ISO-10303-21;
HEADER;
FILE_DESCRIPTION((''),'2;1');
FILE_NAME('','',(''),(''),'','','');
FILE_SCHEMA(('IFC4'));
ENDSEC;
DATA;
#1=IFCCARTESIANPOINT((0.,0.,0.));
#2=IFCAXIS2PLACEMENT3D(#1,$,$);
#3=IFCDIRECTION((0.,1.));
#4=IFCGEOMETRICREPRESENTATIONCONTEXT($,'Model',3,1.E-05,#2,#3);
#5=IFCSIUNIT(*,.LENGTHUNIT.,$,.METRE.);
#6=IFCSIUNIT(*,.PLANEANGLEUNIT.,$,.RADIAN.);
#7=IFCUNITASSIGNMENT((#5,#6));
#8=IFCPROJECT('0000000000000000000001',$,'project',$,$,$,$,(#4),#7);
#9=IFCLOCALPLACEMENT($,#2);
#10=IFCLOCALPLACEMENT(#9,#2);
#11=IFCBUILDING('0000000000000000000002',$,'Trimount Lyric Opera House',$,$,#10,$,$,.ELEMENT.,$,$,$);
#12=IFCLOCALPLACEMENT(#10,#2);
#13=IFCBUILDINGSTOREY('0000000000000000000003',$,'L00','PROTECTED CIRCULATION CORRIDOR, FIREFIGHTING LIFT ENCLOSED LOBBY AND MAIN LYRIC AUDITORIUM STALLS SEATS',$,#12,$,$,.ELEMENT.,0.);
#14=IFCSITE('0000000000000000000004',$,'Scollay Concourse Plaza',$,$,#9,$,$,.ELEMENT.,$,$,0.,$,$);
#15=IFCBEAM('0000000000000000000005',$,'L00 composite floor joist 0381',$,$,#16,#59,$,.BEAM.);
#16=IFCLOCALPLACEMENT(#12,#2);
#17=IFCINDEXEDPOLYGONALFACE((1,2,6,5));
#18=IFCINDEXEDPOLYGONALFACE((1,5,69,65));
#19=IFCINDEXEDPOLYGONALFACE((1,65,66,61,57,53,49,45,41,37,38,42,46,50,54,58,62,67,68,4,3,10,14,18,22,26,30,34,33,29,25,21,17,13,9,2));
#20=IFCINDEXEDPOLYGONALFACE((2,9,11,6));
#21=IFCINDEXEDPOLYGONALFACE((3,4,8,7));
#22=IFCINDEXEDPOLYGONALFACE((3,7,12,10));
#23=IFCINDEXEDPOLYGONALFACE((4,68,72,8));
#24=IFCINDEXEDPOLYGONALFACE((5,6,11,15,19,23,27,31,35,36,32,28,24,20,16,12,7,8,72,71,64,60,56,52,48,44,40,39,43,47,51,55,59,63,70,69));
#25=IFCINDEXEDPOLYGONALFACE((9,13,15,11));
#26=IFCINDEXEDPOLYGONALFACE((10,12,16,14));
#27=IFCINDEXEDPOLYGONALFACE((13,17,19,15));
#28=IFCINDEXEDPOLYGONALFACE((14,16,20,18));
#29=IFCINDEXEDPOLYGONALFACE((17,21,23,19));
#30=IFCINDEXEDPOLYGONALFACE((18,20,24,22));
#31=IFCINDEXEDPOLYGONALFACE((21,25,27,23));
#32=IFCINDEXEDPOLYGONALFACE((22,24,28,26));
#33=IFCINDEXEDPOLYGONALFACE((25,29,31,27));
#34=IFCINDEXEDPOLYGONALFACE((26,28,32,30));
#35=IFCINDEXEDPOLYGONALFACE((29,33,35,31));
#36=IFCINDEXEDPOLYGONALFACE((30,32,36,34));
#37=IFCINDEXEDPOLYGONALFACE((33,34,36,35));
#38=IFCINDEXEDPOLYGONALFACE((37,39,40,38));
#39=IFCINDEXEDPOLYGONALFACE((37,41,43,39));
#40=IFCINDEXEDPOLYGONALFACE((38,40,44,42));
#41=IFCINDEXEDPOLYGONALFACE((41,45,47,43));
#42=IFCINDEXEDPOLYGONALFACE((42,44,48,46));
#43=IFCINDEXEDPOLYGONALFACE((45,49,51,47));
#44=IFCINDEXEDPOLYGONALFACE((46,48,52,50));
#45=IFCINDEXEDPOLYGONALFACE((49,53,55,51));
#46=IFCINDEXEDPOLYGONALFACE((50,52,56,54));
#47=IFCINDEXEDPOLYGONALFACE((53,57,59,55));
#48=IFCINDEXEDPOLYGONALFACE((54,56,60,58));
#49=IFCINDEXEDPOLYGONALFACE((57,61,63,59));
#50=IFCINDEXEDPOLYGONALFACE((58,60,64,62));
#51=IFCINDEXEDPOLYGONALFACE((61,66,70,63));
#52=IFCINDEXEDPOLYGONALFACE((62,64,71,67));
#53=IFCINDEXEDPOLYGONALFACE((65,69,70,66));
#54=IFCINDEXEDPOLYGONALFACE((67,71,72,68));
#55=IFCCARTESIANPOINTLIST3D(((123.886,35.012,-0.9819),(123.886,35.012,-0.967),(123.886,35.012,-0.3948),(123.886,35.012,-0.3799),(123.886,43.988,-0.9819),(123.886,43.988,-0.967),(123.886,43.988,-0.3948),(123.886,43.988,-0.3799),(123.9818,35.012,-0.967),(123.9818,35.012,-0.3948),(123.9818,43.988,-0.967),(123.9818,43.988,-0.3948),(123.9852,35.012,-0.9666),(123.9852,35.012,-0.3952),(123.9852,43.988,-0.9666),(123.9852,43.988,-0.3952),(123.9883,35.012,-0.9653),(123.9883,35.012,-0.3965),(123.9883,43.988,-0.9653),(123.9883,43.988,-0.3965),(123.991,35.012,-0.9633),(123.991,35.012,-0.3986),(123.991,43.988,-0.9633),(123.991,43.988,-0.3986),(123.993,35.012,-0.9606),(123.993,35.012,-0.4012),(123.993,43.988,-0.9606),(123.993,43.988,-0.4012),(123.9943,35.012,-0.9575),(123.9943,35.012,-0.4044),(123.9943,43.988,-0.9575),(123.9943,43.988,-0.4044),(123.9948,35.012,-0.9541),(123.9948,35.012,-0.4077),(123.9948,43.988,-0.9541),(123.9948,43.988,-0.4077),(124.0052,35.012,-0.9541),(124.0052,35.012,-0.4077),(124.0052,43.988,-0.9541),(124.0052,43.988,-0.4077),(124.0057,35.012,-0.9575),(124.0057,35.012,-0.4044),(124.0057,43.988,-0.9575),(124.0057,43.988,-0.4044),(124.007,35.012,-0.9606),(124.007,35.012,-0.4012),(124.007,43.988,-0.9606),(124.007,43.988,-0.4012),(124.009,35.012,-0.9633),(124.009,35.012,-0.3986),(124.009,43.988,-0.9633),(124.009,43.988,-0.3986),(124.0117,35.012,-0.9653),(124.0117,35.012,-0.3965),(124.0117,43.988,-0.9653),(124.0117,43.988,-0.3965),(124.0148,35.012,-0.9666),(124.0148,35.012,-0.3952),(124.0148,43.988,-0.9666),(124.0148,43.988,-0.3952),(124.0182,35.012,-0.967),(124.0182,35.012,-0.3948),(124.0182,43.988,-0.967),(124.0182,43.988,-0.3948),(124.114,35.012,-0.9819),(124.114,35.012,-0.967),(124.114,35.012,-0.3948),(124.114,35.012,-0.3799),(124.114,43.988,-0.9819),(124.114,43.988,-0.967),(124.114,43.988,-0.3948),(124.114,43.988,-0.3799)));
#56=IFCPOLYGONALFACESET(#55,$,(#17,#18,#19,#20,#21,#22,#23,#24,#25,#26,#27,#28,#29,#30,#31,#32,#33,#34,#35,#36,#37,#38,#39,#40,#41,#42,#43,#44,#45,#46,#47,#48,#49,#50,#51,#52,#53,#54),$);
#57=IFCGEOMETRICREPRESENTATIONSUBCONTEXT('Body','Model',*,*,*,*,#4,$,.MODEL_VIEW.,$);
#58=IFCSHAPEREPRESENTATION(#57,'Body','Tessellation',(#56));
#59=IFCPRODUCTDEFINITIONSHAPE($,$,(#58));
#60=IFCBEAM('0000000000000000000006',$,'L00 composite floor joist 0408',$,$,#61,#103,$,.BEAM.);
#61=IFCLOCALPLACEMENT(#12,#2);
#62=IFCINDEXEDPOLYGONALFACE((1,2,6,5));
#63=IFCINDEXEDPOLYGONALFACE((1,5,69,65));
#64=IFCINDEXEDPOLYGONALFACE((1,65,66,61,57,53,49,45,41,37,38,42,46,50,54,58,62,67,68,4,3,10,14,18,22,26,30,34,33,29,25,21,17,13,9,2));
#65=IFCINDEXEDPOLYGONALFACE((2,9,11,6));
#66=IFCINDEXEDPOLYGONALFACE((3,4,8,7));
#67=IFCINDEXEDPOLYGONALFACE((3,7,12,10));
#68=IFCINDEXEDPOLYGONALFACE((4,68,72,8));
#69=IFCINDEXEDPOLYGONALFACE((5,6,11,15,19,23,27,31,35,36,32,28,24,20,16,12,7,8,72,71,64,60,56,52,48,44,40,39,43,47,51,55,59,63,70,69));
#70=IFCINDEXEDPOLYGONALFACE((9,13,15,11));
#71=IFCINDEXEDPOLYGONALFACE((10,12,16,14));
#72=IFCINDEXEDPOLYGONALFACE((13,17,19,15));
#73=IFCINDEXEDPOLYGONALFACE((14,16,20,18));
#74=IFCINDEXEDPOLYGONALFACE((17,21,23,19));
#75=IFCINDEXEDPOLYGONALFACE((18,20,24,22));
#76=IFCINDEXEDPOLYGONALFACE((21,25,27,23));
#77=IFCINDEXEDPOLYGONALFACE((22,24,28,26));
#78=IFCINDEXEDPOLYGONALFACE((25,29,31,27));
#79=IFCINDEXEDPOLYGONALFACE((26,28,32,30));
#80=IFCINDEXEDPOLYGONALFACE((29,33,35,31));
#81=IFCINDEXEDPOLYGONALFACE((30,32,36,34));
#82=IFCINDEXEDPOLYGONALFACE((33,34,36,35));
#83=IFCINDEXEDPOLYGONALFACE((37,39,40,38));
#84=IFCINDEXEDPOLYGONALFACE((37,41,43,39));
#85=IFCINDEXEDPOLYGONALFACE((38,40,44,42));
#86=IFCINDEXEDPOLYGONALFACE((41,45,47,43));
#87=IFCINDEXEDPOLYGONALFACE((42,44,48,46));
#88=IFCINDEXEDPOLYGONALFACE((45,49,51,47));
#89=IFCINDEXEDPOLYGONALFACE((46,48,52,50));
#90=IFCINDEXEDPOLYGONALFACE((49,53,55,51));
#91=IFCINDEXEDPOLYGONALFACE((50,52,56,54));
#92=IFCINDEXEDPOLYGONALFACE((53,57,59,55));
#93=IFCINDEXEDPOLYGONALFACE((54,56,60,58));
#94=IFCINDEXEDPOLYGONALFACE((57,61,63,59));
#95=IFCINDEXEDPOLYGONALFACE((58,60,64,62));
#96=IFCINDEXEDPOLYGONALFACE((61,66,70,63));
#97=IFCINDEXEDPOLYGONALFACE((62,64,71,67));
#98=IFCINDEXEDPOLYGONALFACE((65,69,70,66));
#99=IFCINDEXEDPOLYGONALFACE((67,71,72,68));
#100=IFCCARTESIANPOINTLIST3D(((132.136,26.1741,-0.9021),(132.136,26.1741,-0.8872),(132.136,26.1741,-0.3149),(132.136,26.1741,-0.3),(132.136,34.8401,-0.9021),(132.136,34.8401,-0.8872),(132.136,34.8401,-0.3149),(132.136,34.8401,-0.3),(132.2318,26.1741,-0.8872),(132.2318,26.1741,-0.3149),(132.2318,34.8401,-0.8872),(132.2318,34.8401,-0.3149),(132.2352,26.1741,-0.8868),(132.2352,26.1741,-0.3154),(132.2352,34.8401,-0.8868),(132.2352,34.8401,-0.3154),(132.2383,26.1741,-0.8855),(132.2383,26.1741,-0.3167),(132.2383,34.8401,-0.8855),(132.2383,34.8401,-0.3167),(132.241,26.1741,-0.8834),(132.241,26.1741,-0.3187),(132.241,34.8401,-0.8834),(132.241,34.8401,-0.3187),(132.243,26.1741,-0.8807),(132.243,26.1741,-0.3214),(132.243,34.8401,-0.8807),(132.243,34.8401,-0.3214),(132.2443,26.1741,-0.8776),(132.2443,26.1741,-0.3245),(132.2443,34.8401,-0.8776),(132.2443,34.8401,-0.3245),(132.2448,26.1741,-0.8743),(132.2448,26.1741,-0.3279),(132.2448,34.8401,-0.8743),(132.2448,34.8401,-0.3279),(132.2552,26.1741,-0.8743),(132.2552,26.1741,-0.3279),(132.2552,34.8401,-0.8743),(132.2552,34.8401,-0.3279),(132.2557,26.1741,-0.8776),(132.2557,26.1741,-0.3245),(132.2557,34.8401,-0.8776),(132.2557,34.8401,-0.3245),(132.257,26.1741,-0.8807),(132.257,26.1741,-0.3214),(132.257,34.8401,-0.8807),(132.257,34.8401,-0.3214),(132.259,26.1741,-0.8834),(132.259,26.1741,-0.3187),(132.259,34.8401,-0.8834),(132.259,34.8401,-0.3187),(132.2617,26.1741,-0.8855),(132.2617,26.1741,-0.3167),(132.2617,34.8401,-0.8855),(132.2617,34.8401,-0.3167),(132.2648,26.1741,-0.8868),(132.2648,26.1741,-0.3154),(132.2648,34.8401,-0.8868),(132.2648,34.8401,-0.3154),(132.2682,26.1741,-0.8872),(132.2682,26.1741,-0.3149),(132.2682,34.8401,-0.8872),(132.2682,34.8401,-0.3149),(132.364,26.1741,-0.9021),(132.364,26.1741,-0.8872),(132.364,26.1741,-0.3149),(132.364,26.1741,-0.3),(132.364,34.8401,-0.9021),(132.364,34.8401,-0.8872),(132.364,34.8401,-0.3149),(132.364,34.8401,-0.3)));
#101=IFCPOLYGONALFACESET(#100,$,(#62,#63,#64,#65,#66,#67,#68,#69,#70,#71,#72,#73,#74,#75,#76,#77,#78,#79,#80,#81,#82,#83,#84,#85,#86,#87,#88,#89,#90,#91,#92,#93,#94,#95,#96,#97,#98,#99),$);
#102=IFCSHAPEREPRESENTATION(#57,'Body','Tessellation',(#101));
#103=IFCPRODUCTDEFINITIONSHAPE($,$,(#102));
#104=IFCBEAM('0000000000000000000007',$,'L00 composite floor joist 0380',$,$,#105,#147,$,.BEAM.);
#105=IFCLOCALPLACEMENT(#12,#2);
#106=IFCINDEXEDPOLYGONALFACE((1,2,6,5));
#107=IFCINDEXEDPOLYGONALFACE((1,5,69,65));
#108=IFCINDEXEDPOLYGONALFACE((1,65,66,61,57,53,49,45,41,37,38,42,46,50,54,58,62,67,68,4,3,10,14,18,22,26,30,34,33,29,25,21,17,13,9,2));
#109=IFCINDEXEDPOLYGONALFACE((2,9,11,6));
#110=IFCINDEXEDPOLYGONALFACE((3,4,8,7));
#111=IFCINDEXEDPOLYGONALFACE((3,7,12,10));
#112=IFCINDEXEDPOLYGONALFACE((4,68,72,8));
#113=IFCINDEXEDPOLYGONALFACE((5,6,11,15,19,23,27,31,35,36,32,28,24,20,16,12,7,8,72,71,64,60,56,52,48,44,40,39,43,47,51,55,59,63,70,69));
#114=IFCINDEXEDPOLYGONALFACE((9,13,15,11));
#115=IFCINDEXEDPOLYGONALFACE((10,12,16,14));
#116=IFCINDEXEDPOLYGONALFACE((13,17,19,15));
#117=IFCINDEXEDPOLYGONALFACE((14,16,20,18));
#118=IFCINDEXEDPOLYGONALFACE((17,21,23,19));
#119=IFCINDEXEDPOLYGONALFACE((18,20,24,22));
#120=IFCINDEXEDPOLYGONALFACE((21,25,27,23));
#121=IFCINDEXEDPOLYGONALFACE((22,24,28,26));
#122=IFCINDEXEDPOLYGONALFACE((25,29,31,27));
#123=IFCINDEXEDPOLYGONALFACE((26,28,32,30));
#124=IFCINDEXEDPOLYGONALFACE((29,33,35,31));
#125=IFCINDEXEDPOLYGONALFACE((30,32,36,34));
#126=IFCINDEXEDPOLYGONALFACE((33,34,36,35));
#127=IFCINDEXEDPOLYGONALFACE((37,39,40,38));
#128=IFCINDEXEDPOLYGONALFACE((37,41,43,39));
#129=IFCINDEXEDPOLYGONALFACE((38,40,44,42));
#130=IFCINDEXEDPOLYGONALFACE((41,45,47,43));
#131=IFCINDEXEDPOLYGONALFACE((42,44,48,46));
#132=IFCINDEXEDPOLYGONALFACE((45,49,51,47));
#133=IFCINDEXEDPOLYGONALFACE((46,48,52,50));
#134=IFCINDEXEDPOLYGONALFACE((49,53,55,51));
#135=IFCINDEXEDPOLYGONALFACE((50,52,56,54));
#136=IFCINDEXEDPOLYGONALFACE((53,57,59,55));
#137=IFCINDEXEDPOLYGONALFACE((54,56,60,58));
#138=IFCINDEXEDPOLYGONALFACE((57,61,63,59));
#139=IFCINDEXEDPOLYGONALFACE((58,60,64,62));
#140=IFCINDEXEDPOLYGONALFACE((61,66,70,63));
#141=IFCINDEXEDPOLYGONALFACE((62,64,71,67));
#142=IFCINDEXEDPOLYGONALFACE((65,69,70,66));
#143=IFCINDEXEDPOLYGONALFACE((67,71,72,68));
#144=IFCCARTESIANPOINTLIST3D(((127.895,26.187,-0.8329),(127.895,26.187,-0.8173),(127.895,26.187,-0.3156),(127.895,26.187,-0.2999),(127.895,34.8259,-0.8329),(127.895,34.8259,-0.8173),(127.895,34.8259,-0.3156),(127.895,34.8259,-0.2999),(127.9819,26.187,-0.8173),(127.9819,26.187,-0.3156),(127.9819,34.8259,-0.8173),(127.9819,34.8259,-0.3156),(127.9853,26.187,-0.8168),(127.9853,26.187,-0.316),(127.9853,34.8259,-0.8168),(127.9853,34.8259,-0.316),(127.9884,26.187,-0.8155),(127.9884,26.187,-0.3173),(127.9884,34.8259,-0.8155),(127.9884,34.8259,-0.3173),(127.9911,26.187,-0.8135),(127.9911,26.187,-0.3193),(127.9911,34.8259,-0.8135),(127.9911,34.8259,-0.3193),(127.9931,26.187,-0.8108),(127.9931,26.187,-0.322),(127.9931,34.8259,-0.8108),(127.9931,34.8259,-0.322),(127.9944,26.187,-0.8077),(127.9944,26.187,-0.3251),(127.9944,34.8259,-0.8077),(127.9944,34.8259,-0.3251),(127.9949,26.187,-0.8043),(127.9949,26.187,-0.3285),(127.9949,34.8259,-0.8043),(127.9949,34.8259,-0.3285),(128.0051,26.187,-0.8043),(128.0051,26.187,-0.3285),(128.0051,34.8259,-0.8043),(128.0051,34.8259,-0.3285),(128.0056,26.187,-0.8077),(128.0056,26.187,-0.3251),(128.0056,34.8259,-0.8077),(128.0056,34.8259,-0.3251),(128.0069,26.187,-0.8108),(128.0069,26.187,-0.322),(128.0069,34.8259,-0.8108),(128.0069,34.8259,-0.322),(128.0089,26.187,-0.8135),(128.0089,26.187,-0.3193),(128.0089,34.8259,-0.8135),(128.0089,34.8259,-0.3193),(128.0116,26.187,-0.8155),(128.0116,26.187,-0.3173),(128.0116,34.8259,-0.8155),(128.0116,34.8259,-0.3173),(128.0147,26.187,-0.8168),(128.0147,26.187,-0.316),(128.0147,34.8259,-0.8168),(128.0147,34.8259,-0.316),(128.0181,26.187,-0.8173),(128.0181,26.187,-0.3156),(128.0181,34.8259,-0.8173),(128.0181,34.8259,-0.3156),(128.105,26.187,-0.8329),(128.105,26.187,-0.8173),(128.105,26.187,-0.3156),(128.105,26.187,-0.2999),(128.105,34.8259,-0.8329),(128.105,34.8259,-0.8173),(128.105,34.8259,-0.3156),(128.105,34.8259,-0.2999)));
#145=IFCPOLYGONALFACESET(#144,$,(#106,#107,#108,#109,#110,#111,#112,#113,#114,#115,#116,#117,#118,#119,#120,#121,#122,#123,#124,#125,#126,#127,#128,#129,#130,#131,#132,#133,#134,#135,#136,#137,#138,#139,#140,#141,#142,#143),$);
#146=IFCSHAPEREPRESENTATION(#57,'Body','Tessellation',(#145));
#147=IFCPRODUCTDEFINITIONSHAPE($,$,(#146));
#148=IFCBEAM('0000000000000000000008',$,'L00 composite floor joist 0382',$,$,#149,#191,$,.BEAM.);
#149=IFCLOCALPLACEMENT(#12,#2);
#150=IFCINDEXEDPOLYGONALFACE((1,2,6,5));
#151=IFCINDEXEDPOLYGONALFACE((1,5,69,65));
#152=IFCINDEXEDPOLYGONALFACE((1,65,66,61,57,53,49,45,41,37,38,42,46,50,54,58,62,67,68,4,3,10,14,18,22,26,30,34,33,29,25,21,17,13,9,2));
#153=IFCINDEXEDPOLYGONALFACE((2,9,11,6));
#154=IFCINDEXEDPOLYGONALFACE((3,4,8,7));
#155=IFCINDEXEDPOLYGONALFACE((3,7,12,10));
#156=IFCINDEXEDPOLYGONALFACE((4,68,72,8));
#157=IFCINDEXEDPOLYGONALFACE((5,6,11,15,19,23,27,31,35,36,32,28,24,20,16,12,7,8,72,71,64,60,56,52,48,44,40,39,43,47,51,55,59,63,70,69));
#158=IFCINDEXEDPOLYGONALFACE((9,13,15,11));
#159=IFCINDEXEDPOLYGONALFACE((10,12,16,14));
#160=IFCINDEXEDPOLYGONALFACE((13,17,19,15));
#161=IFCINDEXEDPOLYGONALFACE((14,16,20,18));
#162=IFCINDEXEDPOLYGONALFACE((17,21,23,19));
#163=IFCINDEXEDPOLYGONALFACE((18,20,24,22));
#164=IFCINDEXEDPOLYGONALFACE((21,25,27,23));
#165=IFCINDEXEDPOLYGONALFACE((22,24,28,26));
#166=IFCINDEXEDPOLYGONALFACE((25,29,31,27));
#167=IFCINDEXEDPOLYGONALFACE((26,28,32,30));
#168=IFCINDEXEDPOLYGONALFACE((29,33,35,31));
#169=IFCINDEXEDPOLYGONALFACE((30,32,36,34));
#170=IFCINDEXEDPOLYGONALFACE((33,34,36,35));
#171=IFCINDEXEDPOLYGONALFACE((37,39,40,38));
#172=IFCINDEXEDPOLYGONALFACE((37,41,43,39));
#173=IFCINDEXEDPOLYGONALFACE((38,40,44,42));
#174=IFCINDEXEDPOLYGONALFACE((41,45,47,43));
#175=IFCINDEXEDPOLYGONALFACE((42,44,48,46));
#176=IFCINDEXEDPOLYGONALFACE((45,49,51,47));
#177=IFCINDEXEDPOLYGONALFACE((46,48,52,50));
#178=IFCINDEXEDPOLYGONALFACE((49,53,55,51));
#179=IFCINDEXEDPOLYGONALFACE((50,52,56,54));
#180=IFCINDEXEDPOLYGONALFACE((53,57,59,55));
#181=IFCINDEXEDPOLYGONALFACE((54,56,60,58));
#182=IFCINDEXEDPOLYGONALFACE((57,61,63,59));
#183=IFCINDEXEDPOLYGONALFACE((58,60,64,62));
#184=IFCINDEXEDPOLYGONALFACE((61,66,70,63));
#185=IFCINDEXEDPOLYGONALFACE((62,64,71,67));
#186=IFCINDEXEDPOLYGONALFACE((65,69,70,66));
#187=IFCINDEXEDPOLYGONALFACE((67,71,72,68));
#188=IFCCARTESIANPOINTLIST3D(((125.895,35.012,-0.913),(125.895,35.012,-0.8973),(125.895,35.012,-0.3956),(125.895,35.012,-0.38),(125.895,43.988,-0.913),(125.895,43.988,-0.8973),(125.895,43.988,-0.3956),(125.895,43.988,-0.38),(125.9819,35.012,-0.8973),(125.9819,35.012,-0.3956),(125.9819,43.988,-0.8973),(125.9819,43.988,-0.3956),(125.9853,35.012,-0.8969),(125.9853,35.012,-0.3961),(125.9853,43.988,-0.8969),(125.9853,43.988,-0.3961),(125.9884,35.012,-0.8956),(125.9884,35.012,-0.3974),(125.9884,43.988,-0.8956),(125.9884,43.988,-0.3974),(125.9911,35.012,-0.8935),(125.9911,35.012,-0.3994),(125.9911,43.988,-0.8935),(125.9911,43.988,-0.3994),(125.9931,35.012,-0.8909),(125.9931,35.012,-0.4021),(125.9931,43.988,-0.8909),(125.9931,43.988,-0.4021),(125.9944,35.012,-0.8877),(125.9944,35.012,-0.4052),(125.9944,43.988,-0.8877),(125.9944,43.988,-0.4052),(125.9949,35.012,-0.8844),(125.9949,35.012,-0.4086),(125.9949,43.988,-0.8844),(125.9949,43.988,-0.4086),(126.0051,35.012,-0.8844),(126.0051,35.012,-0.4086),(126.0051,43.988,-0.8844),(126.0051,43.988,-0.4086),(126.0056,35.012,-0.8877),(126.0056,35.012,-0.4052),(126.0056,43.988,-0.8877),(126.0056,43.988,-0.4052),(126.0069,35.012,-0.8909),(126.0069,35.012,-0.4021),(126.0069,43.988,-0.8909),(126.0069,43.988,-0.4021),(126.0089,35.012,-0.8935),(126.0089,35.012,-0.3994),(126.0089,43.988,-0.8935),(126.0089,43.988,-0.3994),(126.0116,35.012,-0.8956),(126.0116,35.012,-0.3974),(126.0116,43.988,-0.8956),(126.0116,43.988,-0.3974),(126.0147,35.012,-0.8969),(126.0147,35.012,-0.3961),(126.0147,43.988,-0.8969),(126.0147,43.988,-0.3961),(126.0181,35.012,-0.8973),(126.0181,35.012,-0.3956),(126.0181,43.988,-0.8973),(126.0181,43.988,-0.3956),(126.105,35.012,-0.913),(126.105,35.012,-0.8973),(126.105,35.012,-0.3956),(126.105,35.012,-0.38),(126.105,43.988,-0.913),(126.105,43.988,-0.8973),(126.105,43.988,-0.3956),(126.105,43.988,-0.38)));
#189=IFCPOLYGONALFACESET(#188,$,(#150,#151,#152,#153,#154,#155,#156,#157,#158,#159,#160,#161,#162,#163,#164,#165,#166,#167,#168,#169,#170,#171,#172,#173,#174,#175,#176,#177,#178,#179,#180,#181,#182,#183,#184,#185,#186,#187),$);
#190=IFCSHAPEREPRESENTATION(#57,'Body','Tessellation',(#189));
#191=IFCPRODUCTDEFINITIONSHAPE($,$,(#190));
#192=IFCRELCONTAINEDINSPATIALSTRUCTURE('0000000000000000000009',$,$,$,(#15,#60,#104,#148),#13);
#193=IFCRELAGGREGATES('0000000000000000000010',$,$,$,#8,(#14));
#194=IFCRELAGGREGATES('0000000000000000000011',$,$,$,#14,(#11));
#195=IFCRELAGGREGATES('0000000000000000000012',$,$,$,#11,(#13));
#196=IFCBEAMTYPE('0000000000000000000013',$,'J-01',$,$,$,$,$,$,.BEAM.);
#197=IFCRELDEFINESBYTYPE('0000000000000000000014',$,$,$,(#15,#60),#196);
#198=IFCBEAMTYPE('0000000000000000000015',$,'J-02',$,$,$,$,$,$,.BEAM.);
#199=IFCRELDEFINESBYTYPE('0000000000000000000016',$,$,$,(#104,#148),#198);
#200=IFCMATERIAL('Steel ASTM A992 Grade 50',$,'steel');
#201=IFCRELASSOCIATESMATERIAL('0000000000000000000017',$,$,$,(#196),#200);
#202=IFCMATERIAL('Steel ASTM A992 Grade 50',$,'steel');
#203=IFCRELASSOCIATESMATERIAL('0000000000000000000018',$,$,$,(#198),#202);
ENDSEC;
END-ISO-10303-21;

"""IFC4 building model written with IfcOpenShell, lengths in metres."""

from ifc_helpers import new_model, si_unit, direction, frame, origin, origin_2d, place, context, subcontext, project, spatial, i_section, extrude, material, material_profile, profile_set, type_object, element, save


model = new_model("IFC4")

# Units and contexts
model_context = context("Model", 3, precision=1e-05, world=origin(), true_north=direction((0.0, 1.0)))
body_context = subcontext(model_context, "Body", "Model", "MODEL_VIEW")
ifc_project = project(units=[si_unit("LENGTHUNIT", "METRE"), si_unit("PLANEANGLEUNIT", "RADIAN")], contexts=[model_context])

# Site, building, storey
site_placement = place(None, origin())
site = spatial("IfcSite", under=ifc_project, at=site_placement, Name="Scollay Concourse Plaza", CompositionType="ELEMENT", RefElevation=0.0)
building_placement = place(site_placement, origin())
building = spatial("IfcBuilding", under=site, at=building_placement, Name="Trimount Lyric Opera House", CompositionType="ELEMENT")
storey_placement = place(building_placement, origin())
storey = spatial("IfcBuildingStorey", under=building, at=storey_placement, Name="L00", Description="PROTECTED CIRCULATION CORRIDOR, FIREFIGHTING LIFT ENCLOSED LOBBY AND MAIN LYRIC AUDITORIUM STALLS SEATS", CompositionType="ELEMENT", Elevation=0.0)

# Beams
ifc_material_1 = material(Name="Steel ASTM A992 Grade 50", Category="steel")
ifc_material_profile_1 = material_profile(ifc_material_1, i_section(OverallWidth=0.228, OverallDepth=0.6021, WebThickness=0.0105, FlangeThickness=0.0149, FilletRadius=0.0129, at=origin_2d()), Name="W24X68")
ifc_profile_set_1 = profile_set([ifc_material_profile_1], Name="Steel ASTM A992 Grade 50")
beam_type_1 = type_object("IfcBeamType", Name="J-01", PredefinedType="BEAM", material=ifc_profile_set_1)
beam_1_placement = place(storey_placement, frame((124.0, 35.012, -0.6809), z_axis=(0.0, 1.0, 0.0), x_axis=(-1.0, 0.0, 0.0)))
element("IfcBeam", 1, at=beam_1_placement, inside=storey, type_object=beam_type_1, Name="L00 composite floor joist 0381", PredefinedType="BEAM", context=body_context, shape_type="SweptSolid", body=[
    extrude(i_section(OverallWidth=0.228, OverallDepth=0.6021, WebThickness=0.0105, FlangeThickness=0.0149, FilletRadius=0.0129, at=origin_2d()), origin(), (0.0, 0.0, 1.0), 8.9761),
])
beam_2_placement = place(storey_placement, frame((132.25, 26.1741, -0.6011), z_axis=(0.0, 1.0, 0.0), x_axis=(-1.0, 0.0, 0.0)))
element("IfcBeam", 2, at=beam_2_placement, inside=storey, type_object=beam_type_1, Name="L00 composite floor joist 0408", PredefinedType="BEAM", context=body_context, shape_type="SweptSolid", body=[
    extrude(i_section(OverallWidth=0.228, OverallDepth=0.6021, WebThickness=0.0105, FlangeThickness=0.0149, FilletRadius=0.0129, at=origin_2d()), origin(), (0.0, 0.0, 1.0), 8.666),
])
ifc_material_2 = material(Name="Steel ASTM A992 Grade 50", Category="steel")
ifc_material_profile_2 = material_profile(ifc_material_2, i_section(OverallWidth=0.21, OverallDepth=0.533, WebThickness=0.0103, FlangeThickness=0.0156, FilletRadius=0.0129, at=origin_2d()), Name="W21X62")
ifc_profile_set_2 = profile_set([ifc_material_profile_2], Name="Steel ASTM A992 Grade 50")
beam_type_2 = type_object("IfcBeamType", Name="J-02", PredefinedType="BEAM", material=ifc_profile_set_2)
beam_3_placement = place(storey_placement, frame((128.0, 26.187, -0.5664), z_axis=(0.0, 1.0, 0.0), x_axis=(-1.0, 0.0, 0.0)))
element("IfcBeam", 3, at=beam_3_placement, inside=storey, type_object=beam_type_2, Name="L00 composite floor joist 0380", PredefinedType="BEAM", context=body_context, shape_type="SweptSolid", body=[
    extrude(i_section(OverallWidth=0.21, OverallDepth=0.533, WebThickness=0.0103, FlangeThickness=0.0156, FilletRadius=0.0129, at=origin_2d()), origin(), (0.0, 0.0, 1.0), 8.6389),
])
beam_4_placement = place(storey_placement, frame((126.0, 35.012, -0.6465), z_axis=(0.0, 1.0, 0.0), x_axis=(-1.0, 0.0, 0.0)))
element("IfcBeam", 4, at=beam_4_placement, inside=storey, type_object=beam_type_2, Name="L00 composite floor joist 0382", PredefinedType="BEAM", context=body_context, shape_type="SweptSolid", body=[
    extrude(i_section(OverallWidth=0.21, OverallDepth=0.533, WebThickness=0.0103, FlangeThickness=0.0156, FilletRadius=0.0129, at=origin_2d()), origin(), (0.0, 0.0, 1.0), 8.9761),
])

save(model, "model.ifc")
